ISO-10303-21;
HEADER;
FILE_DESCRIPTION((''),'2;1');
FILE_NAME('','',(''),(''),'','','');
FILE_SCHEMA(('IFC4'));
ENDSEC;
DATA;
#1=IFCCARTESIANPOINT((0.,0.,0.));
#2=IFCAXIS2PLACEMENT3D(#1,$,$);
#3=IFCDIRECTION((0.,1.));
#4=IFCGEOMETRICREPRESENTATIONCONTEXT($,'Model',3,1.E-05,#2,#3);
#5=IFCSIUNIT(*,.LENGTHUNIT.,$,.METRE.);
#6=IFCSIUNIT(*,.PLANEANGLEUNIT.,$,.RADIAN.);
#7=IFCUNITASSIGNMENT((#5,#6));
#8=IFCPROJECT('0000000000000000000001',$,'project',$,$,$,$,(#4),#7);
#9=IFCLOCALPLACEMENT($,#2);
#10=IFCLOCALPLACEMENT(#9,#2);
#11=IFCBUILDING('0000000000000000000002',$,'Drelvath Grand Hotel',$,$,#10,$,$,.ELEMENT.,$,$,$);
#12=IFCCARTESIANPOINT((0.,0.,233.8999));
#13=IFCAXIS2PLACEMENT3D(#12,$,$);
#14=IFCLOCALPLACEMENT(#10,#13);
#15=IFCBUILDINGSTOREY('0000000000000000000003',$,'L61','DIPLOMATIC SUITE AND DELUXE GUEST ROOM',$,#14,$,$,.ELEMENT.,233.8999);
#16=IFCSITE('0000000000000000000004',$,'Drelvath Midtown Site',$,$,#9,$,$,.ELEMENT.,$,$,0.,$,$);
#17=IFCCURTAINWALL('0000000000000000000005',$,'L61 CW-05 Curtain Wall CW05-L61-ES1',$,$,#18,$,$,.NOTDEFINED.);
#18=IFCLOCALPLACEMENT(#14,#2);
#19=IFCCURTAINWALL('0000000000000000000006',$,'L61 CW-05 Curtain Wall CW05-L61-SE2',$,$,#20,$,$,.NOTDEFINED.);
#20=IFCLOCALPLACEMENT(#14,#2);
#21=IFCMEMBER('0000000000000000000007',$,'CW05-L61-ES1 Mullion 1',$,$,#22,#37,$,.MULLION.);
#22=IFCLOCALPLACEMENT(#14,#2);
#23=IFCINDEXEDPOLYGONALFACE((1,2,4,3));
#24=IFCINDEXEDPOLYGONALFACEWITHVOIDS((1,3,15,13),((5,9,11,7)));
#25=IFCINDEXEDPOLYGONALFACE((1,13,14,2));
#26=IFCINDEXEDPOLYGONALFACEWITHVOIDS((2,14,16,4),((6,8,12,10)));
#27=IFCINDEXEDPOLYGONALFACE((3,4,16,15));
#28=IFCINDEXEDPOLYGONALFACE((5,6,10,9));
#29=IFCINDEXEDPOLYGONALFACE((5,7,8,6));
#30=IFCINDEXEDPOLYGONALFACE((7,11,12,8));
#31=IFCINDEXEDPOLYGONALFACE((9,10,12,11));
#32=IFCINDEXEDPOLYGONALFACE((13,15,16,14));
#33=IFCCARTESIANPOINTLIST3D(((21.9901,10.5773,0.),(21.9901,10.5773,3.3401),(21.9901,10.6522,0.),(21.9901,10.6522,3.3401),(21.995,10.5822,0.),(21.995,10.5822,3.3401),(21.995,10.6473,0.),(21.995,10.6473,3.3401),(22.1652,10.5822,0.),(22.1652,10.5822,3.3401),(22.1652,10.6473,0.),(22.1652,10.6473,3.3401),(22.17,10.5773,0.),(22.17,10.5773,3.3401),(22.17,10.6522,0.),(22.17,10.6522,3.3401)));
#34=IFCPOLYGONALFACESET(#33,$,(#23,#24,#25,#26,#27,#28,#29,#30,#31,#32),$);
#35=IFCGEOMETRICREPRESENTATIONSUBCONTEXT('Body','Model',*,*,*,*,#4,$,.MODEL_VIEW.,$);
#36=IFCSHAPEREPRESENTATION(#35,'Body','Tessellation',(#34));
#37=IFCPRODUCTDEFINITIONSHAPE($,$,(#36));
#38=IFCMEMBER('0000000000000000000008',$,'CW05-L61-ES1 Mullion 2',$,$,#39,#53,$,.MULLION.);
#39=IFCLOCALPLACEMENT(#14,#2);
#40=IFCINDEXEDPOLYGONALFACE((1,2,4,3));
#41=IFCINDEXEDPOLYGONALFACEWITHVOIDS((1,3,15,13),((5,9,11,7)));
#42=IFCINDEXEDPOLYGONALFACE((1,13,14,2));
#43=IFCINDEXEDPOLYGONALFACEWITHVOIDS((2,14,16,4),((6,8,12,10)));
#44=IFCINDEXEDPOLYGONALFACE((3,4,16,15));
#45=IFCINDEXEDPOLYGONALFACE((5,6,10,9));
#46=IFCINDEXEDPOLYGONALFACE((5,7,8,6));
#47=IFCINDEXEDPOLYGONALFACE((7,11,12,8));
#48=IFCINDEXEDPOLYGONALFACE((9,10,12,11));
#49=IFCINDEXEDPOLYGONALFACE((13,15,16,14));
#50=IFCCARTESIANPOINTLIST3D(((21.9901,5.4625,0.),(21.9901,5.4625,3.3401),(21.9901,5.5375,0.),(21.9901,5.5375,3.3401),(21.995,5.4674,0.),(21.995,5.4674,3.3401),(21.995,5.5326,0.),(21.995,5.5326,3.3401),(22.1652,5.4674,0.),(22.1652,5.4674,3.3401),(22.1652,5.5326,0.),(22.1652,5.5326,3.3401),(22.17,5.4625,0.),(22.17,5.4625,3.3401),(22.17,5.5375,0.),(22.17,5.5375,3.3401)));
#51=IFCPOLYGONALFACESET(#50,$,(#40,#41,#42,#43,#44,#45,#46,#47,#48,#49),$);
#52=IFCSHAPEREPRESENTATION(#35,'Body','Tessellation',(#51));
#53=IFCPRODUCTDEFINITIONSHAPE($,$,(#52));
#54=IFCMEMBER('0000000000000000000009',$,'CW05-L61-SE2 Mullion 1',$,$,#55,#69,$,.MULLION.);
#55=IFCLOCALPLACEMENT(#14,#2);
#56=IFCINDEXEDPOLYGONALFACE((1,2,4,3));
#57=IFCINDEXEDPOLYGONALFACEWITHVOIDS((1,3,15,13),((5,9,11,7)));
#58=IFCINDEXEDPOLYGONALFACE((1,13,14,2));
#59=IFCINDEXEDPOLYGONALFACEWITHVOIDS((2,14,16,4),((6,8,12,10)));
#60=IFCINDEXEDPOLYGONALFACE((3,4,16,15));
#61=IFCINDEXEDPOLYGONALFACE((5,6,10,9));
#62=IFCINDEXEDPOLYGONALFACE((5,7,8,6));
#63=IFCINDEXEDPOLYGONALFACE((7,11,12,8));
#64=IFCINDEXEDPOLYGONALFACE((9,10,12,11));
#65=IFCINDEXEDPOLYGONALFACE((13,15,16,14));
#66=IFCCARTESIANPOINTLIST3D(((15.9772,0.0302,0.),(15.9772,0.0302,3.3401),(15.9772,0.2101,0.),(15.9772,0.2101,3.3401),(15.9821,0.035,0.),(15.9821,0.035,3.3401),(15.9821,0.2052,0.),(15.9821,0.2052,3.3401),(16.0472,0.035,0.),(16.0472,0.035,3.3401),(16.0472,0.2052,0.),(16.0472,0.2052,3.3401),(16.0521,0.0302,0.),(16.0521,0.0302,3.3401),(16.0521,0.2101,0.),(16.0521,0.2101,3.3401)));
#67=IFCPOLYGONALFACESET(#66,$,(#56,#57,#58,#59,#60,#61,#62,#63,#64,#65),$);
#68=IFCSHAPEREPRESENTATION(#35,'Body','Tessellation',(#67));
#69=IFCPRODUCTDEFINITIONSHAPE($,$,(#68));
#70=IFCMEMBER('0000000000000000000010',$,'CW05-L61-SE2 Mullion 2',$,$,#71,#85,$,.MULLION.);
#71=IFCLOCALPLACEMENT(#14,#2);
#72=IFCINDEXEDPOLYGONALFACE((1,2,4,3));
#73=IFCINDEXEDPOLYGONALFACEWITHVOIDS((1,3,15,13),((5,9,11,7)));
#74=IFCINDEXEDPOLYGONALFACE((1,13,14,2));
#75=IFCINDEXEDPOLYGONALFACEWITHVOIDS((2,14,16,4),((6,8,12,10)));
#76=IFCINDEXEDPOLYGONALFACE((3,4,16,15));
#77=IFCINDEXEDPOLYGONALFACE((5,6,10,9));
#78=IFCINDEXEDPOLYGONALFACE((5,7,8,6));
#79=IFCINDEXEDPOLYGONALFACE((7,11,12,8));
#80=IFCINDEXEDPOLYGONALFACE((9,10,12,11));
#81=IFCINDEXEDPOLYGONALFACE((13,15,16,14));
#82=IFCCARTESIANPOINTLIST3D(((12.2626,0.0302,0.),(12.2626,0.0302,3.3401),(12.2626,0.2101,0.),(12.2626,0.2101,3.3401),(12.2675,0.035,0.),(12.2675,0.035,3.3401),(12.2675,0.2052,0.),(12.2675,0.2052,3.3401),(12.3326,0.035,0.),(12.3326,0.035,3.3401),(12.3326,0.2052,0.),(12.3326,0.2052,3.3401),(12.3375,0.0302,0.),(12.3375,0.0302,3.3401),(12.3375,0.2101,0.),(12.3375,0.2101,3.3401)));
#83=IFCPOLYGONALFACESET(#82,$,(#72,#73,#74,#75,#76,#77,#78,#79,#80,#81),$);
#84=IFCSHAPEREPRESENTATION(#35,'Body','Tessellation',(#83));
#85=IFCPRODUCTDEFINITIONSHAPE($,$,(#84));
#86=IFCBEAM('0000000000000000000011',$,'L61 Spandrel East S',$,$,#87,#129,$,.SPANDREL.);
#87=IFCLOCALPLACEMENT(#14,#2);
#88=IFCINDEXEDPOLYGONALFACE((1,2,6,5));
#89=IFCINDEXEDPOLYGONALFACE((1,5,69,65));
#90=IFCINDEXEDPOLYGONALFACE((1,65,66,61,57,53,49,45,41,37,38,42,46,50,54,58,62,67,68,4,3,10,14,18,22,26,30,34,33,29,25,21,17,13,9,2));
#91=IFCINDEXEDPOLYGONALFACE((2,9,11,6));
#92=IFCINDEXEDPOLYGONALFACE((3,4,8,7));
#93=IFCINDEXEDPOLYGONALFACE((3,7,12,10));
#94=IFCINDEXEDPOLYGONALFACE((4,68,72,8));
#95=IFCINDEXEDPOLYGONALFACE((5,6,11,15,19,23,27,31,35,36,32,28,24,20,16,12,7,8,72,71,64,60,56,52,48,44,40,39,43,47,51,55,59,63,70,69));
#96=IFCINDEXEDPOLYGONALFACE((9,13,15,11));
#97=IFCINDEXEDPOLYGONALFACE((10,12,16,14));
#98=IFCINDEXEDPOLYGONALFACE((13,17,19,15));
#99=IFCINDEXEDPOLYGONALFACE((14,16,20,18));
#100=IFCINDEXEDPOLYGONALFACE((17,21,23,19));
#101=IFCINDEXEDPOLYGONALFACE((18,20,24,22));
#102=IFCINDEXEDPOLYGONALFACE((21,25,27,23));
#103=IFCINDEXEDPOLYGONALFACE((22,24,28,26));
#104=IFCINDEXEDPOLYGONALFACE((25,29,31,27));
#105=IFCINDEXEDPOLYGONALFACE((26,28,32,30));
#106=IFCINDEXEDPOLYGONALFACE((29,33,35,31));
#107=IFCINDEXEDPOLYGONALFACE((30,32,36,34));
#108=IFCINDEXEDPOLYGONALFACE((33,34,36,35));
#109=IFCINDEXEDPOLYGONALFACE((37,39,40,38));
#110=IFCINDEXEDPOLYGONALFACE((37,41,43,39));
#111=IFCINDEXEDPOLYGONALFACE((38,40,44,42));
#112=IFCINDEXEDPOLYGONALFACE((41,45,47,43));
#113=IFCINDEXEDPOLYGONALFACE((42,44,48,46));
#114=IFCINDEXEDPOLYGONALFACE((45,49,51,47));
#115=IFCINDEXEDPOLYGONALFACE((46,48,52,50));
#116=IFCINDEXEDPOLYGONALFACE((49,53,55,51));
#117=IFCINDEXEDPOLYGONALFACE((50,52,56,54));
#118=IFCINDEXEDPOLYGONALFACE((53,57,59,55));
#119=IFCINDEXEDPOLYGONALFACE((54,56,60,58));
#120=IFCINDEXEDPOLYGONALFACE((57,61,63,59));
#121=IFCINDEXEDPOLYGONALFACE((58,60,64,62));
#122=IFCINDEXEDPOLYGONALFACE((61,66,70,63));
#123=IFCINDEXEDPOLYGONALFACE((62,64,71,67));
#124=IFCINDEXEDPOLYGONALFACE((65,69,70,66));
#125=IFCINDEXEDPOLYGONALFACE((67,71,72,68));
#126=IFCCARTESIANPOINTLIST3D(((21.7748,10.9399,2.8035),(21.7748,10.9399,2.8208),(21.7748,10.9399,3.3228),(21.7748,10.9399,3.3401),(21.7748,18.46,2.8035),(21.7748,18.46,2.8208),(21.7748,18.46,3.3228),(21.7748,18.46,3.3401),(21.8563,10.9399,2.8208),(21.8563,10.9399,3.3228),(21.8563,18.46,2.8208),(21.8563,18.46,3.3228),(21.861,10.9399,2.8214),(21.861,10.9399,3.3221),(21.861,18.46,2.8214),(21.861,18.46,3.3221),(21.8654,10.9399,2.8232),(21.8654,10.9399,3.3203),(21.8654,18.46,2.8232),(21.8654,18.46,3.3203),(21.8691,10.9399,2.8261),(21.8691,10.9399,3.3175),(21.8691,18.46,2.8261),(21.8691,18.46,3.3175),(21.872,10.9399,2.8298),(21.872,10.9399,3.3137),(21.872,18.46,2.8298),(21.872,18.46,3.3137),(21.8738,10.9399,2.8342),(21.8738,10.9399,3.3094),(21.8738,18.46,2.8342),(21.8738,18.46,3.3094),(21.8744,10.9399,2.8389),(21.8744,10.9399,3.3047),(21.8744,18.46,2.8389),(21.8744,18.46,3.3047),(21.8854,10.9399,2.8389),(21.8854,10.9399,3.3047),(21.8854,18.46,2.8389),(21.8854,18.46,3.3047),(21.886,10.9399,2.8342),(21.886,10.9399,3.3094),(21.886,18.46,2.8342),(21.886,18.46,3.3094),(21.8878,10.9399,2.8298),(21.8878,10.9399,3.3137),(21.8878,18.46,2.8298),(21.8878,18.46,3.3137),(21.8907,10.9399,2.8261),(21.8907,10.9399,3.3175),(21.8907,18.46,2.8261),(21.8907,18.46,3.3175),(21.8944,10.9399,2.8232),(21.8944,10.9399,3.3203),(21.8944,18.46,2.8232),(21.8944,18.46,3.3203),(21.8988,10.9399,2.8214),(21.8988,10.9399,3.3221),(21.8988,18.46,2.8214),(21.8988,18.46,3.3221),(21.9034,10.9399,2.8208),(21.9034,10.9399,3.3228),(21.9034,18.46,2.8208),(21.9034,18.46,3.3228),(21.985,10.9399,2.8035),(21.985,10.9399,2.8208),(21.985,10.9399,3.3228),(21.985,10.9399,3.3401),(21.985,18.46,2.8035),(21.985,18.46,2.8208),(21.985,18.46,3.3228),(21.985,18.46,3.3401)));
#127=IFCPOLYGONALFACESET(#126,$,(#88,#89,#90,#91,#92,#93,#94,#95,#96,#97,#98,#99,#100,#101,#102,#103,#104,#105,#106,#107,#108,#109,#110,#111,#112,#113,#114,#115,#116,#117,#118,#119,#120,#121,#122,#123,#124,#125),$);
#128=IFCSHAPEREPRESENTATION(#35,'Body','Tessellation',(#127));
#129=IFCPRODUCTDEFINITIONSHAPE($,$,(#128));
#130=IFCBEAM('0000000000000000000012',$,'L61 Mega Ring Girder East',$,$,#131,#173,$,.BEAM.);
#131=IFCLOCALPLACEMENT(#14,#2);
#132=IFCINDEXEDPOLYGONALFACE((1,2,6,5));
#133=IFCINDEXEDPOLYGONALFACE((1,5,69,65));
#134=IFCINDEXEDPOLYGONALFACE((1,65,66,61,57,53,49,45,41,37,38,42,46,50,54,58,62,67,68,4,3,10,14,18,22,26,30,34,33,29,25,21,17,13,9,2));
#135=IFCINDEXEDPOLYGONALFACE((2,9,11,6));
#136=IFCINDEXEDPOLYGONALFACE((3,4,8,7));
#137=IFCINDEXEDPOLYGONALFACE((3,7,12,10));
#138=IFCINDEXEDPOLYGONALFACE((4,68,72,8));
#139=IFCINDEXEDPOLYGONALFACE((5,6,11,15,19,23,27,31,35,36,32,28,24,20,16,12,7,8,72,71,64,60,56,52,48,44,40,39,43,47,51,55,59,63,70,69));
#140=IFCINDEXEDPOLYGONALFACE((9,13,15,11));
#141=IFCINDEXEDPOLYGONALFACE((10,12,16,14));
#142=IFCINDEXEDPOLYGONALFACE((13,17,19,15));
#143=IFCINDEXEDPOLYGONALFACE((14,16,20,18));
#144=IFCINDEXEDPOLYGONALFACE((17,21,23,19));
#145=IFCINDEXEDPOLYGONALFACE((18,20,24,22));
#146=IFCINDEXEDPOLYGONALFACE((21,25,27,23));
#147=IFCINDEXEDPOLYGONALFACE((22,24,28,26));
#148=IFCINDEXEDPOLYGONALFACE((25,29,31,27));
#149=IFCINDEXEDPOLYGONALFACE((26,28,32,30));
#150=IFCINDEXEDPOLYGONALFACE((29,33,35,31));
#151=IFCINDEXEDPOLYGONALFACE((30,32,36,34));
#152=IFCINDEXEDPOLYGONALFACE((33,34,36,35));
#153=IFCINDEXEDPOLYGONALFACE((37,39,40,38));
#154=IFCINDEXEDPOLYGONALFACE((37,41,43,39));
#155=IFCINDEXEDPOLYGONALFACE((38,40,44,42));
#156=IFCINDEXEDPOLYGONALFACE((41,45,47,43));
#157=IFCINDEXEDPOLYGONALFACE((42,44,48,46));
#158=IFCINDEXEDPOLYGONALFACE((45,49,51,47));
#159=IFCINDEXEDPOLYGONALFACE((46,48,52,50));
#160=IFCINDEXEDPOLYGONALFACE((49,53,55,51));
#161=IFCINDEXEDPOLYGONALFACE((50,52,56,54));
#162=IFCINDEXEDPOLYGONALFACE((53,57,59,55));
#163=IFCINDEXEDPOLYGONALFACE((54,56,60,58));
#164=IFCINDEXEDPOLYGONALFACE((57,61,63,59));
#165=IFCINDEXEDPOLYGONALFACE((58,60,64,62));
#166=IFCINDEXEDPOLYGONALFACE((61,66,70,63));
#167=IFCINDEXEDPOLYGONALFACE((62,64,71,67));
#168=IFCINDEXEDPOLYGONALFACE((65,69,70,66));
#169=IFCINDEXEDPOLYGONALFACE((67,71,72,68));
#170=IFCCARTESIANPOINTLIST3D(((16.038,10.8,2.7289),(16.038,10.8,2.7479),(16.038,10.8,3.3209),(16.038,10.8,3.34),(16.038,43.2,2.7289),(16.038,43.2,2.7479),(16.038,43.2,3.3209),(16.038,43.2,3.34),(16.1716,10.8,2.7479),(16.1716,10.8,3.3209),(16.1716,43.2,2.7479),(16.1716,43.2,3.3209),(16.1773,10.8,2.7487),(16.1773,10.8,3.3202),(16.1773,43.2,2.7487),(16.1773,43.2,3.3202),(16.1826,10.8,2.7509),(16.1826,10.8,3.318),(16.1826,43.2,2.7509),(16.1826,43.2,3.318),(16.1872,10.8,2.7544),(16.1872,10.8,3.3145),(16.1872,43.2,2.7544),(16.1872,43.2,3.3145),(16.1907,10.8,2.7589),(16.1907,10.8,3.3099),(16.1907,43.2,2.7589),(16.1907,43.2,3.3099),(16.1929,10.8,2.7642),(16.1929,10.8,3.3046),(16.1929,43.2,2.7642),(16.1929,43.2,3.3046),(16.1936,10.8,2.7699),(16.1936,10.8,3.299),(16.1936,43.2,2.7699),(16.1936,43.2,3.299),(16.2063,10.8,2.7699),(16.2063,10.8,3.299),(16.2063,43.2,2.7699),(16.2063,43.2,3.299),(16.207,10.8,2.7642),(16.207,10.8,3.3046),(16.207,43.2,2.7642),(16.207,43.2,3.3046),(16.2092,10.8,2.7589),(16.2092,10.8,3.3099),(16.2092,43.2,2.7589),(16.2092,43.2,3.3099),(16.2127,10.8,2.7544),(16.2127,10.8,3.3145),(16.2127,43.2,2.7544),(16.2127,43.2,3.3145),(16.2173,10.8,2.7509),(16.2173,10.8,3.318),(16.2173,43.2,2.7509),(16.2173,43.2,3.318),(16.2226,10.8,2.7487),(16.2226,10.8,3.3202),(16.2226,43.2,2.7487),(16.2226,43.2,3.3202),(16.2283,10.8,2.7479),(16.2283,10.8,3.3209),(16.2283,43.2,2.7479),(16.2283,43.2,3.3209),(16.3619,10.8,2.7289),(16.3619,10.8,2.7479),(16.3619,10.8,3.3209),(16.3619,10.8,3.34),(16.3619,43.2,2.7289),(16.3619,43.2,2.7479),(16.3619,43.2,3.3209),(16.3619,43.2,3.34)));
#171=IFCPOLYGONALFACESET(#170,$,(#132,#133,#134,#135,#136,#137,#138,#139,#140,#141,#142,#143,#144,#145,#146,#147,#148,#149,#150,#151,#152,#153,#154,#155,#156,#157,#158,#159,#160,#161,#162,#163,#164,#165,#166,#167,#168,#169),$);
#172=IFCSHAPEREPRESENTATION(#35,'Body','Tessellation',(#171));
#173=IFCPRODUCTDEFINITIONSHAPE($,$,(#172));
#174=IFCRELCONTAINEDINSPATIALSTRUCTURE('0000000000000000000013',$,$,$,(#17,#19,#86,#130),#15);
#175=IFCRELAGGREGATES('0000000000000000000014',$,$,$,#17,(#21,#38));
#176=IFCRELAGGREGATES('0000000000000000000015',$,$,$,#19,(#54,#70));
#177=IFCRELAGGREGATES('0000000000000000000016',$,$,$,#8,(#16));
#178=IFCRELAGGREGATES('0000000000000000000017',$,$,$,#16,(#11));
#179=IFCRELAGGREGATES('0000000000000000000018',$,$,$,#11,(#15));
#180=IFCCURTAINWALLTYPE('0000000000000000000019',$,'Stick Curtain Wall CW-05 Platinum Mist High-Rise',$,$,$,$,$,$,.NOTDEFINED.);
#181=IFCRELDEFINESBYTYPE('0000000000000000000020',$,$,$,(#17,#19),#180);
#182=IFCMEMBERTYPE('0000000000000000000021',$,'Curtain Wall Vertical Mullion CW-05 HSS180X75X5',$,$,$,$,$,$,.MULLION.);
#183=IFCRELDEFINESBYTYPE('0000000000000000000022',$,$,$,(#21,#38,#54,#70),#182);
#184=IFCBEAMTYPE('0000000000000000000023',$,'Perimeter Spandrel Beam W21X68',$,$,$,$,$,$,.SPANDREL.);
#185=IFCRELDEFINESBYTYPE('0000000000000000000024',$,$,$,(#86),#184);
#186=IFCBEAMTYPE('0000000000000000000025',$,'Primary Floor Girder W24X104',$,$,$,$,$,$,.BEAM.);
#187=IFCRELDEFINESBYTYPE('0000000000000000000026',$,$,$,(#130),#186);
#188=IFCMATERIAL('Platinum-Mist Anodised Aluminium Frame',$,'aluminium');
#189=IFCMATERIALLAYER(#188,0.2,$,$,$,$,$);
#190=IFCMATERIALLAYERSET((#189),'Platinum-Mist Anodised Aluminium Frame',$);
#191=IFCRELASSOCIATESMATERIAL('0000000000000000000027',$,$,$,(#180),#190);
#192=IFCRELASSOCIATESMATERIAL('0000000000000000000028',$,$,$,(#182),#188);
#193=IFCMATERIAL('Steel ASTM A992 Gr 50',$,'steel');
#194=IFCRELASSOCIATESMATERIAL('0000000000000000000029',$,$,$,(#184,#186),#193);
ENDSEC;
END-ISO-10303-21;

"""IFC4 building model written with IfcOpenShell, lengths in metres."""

from ifc_helpers import new_model, si_unit, direction, frame, origin, origin_2d, place, context, subcontext, project, spatial, hollow_rectangle, i_section, extrude, material, layer, layer_set, material_profile, profile_set, type_object, element, aggregate, save


model = new_model("IFC4")

# Units and contexts
model_context = context("Model", 3, precision=1e-05, world=origin(), true_north=direction((0.0, 1.0)))
body_context = subcontext(model_context, "Body", "Model", "MODEL_VIEW")
ifc_project = project(units=[si_unit("LENGTHUNIT", "METRE"), si_unit("PLANEANGLEUNIT", "RADIAN")], contexts=[model_context])

# Site, building, storey
site_placement = place(None, origin())
site = spatial("IfcSite", under=ifc_project, at=site_placement, Name="Drelvath Midtown Site", CompositionType="ELEMENT", RefElevation=0.0)
building_placement = place(site_placement, origin())
building = spatial("IfcBuilding", under=site, at=building_placement, Name="Drelvath Grand Hotel", CompositionType="ELEMENT")
storey_placement = place(building_placement, frame((0.0, 0.0, 233.8999)))
storey = spatial("IfcBuildingStorey", under=building, at=storey_placement, Name="L61", Description="DIPLOMATIC SUITE AND DELUXE GUEST ROOM", CompositionType="ELEMENT", Elevation=233.8999)

# Shared definitions
ifc_material_1 = material(Name="Steel ASTM A992 Gr 50", Category="steel")

# Curtain walls
ifc_material_2 = material(Name="Platinum-Mist Anodised Aluminium Frame", Category="aluminium")
ifc_layer_1 = layer(ifc_material_2, 0.2)
ifc_layer_set_1 = layer_set([ifc_layer_1], Name="Platinum-Mist Anodised Aluminium Frame")
curtain_wall_type = type_object("IfcCurtainWallType", Name="Stick Curtain Wall CW-05 Platinum Mist High-Rise", PredefinedType="NOTDEFINED", material=ifc_layer_set_1)
curtain_wall_1_placement = place(storey_placement, origin())
curtain_wall_1 = element("IfcCurtainWall", 1, at=curtain_wall_1_placement, inside=storey, type_object=curtain_wall_type, Name="L61 CW-05 Curtain Wall CW05-L61-ES1", PredefinedType="NOTDEFINED")
curtain_wall_2_placement = place(storey_placement, origin())
curtain_wall_2 = element("IfcCurtainWall", 2, at=curtain_wall_2_placement, inside=storey, type_object=curtain_wall_type, Name="L61 CW-05 Curtain Wall CW05-L61-SE2", PredefinedType="NOTDEFINED")

# Members
ifc_material_profile_1 = material_profile(ifc_material_2, hollow_rectangle(XDim=0.075, YDim=0.1799, WallThickness=0.0049, at=origin_2d()), Name="HSS180X75X5")
ifc_profile_set_1 = profile_set([ifc_material_profile_1], Name="Platinum-Mist Anodised Aluminium Frame")
member_type_1 = type_object("IfcMemberType", Name="Curtain Wall Vertical Mullion CW-05 HSS180X75X5", PredefinedType="MULLION", material=ifc_profile_set_1)
member_1_placement = place(storey_placement, frame((22.0801, 10.6147, 0.0), z_axis=(0.0, 0.0, 1.0), x_axis=(0.0, 1.0, 0.0)))
member_1 = element("IfcMember", 3, at=member_1_placement, type_object=member_type_1, Name="CW05-L61-ES1 Mullion 1", PredefinedType="MULLION", context=body_context, shape_type="SweptSolid", body=[
    extrude(hollow_rectangle(XDim=0.075, YDim=0.1799, WallThickness=0.0049, at=origin_2d()), origin(), (0.0, 0.0, 1.0), 3.3401),
])
member_2_placement = place(storey_placement, frame((22.0801, 5.5, 0.0), z_axis=(0.0, 0.0, 1.0), x_axis=(0.0, 1.0, 0.0)))
member_2 = element("IfcMember", 4, at=member_2_placement, type_object=member_type_1, Name="CW05-L61-ES1 Mullion 2", PredefinedType="MULLION", context=body_context, shape_type="SweptSolid", body=[
    extrude(hollow_rectangle(XDim=0.075, YDim=0.1799, WallThickness=0.0049, at=origin_2d()), origin(), (0.0, 0.0, 1.0), 3.3401),
])
member_3_placement = place(storey_placement, frame((16.0146, 0.1201, 0.0), z_axis=(0.0, 0.0, 1.0), x_axis=(1.0, 0.0, 0.0)))
member_3 = element("IfcMember", 5, at=member_3_placement, type_object=member_type_1, Name="CW05-L61-SE2 Mullion 1", PredefinedType="MULLION", context=body_context, shape_type="SweptSolid", body=[
    extrude(hollow_rectangle(XDim=0.075, YDim=0.1799, WallThickness=0.0049, at=origin_2d()), origin(), (0.0, 0.0, 1.0), 3.3401),
])
member_4_placement = place(storey_placement, frame((12.3, 0.1201, 0.0), z_axis=(0.0, 0.0, 1.0), x_axis=(1.0, 0.0, 0.0)))
member_4 = element("IfcMember", 6, at=member_4_placement, type_object=member_type_1, Name="CW05-L61-SE2 Mullion 2", PredefinedType="MULLION", context=body_context, shape_type="SweptSolid", body=[
    extrude(hollow_rectangle(XDim=0.075, YDim=0.1799, WallThickness=0.0049, at=origin_2d()), origin(), (0.0, 0.0, 1.0), 3.3401),
])

# Beams
ifc_material_profile_2 = material_profile(ifc_material_1, i_section(OverallWidth=0.2102, OverallDepth=0.5366, WebThickness=0.011, FlangeThickness=0.0173, FilletRadius=0.0181, at=origin_2d()), Name="W21X68")
ifc_profile_set_2 = profile_set([ifc_material_profile_2], Name="Steel ASTM A992 Gr 50")
beam_type_1 = type_object("IfcBeamType", Name="Perimeter Spandrel Beam W21X68", PredefinedType="SPANDREL", material=ifc_profile_set_2)
beam_1_placement = place(storey_placement, frame((21.8799, 10.9399, 3.0718), z_axis=(0.0, 1.0, 0.0), x_axis=(-1.0, 0.0, 0.0)))
element("IfcBeam", 7, at=beam_1_placement, inside=storey, type_object=beam_type_1, Name="L61 Spandrel East S", PredefinedType="SPANDREL", context=body_context, shape_type="SweptSolid", body=[
    extrude(i_section(OverallWidth=0.2102, OverallDepth=0.5366, WebThickness=0.011, FlangeThickness=0.0173, FilletRadius=0.0181, at=origin_2d()), origin(), (0.0, 0.0, 1.0), 7.52),
])
ifc_material_profile_3 = material_profile(ifc_material_1, i_section(OverallWidth=0.324, OverallDepth=0.6111, WebThickness=0.0127, FlangeThickness=0.019, FilletRadius=0.022, at=origin_2d()), Name="W24X104")
ifc_profile_set_3 = profile_set([ifc_material_profile_3], Name="Steel ASTM A992 Gr 50")
beam_type_2 = type_object("IfcBeamType", Name="Primary Floor Girder W24X104", PredefinedType="BEAM", material=ifc_profile_set_3)
beam_2_placement = place(storey_placement, frame((16.2, 10.8, 3.0344), z_axis=(0.0, 1.0, 0.0), x_axis=(-1.0, 0.0, 0.0)))
element("IfcBeam", 8, at=beam_2_placement, inside=storey, type_object=beam_type_2, Name="L61 Mega Ring Girder East", PredefinedType="BEAM", context=body_context, shape_type="SweptSolid", body=[
    extrude(i_section(OverallWidth=0.324, OverallDepth=0.6111, WebThickness=0.0127, FlangeThickness=0.019, FilletRadius=0.022, at=origin_2d()), origin(), (0.0, 0.0, 1.0), 32.3999),
])

aggregate(curtain_wall_1, [member_1, member_2])
aggregate(curtain_wall_2, [member_3, member_4])

save(model, "model.ifc")
